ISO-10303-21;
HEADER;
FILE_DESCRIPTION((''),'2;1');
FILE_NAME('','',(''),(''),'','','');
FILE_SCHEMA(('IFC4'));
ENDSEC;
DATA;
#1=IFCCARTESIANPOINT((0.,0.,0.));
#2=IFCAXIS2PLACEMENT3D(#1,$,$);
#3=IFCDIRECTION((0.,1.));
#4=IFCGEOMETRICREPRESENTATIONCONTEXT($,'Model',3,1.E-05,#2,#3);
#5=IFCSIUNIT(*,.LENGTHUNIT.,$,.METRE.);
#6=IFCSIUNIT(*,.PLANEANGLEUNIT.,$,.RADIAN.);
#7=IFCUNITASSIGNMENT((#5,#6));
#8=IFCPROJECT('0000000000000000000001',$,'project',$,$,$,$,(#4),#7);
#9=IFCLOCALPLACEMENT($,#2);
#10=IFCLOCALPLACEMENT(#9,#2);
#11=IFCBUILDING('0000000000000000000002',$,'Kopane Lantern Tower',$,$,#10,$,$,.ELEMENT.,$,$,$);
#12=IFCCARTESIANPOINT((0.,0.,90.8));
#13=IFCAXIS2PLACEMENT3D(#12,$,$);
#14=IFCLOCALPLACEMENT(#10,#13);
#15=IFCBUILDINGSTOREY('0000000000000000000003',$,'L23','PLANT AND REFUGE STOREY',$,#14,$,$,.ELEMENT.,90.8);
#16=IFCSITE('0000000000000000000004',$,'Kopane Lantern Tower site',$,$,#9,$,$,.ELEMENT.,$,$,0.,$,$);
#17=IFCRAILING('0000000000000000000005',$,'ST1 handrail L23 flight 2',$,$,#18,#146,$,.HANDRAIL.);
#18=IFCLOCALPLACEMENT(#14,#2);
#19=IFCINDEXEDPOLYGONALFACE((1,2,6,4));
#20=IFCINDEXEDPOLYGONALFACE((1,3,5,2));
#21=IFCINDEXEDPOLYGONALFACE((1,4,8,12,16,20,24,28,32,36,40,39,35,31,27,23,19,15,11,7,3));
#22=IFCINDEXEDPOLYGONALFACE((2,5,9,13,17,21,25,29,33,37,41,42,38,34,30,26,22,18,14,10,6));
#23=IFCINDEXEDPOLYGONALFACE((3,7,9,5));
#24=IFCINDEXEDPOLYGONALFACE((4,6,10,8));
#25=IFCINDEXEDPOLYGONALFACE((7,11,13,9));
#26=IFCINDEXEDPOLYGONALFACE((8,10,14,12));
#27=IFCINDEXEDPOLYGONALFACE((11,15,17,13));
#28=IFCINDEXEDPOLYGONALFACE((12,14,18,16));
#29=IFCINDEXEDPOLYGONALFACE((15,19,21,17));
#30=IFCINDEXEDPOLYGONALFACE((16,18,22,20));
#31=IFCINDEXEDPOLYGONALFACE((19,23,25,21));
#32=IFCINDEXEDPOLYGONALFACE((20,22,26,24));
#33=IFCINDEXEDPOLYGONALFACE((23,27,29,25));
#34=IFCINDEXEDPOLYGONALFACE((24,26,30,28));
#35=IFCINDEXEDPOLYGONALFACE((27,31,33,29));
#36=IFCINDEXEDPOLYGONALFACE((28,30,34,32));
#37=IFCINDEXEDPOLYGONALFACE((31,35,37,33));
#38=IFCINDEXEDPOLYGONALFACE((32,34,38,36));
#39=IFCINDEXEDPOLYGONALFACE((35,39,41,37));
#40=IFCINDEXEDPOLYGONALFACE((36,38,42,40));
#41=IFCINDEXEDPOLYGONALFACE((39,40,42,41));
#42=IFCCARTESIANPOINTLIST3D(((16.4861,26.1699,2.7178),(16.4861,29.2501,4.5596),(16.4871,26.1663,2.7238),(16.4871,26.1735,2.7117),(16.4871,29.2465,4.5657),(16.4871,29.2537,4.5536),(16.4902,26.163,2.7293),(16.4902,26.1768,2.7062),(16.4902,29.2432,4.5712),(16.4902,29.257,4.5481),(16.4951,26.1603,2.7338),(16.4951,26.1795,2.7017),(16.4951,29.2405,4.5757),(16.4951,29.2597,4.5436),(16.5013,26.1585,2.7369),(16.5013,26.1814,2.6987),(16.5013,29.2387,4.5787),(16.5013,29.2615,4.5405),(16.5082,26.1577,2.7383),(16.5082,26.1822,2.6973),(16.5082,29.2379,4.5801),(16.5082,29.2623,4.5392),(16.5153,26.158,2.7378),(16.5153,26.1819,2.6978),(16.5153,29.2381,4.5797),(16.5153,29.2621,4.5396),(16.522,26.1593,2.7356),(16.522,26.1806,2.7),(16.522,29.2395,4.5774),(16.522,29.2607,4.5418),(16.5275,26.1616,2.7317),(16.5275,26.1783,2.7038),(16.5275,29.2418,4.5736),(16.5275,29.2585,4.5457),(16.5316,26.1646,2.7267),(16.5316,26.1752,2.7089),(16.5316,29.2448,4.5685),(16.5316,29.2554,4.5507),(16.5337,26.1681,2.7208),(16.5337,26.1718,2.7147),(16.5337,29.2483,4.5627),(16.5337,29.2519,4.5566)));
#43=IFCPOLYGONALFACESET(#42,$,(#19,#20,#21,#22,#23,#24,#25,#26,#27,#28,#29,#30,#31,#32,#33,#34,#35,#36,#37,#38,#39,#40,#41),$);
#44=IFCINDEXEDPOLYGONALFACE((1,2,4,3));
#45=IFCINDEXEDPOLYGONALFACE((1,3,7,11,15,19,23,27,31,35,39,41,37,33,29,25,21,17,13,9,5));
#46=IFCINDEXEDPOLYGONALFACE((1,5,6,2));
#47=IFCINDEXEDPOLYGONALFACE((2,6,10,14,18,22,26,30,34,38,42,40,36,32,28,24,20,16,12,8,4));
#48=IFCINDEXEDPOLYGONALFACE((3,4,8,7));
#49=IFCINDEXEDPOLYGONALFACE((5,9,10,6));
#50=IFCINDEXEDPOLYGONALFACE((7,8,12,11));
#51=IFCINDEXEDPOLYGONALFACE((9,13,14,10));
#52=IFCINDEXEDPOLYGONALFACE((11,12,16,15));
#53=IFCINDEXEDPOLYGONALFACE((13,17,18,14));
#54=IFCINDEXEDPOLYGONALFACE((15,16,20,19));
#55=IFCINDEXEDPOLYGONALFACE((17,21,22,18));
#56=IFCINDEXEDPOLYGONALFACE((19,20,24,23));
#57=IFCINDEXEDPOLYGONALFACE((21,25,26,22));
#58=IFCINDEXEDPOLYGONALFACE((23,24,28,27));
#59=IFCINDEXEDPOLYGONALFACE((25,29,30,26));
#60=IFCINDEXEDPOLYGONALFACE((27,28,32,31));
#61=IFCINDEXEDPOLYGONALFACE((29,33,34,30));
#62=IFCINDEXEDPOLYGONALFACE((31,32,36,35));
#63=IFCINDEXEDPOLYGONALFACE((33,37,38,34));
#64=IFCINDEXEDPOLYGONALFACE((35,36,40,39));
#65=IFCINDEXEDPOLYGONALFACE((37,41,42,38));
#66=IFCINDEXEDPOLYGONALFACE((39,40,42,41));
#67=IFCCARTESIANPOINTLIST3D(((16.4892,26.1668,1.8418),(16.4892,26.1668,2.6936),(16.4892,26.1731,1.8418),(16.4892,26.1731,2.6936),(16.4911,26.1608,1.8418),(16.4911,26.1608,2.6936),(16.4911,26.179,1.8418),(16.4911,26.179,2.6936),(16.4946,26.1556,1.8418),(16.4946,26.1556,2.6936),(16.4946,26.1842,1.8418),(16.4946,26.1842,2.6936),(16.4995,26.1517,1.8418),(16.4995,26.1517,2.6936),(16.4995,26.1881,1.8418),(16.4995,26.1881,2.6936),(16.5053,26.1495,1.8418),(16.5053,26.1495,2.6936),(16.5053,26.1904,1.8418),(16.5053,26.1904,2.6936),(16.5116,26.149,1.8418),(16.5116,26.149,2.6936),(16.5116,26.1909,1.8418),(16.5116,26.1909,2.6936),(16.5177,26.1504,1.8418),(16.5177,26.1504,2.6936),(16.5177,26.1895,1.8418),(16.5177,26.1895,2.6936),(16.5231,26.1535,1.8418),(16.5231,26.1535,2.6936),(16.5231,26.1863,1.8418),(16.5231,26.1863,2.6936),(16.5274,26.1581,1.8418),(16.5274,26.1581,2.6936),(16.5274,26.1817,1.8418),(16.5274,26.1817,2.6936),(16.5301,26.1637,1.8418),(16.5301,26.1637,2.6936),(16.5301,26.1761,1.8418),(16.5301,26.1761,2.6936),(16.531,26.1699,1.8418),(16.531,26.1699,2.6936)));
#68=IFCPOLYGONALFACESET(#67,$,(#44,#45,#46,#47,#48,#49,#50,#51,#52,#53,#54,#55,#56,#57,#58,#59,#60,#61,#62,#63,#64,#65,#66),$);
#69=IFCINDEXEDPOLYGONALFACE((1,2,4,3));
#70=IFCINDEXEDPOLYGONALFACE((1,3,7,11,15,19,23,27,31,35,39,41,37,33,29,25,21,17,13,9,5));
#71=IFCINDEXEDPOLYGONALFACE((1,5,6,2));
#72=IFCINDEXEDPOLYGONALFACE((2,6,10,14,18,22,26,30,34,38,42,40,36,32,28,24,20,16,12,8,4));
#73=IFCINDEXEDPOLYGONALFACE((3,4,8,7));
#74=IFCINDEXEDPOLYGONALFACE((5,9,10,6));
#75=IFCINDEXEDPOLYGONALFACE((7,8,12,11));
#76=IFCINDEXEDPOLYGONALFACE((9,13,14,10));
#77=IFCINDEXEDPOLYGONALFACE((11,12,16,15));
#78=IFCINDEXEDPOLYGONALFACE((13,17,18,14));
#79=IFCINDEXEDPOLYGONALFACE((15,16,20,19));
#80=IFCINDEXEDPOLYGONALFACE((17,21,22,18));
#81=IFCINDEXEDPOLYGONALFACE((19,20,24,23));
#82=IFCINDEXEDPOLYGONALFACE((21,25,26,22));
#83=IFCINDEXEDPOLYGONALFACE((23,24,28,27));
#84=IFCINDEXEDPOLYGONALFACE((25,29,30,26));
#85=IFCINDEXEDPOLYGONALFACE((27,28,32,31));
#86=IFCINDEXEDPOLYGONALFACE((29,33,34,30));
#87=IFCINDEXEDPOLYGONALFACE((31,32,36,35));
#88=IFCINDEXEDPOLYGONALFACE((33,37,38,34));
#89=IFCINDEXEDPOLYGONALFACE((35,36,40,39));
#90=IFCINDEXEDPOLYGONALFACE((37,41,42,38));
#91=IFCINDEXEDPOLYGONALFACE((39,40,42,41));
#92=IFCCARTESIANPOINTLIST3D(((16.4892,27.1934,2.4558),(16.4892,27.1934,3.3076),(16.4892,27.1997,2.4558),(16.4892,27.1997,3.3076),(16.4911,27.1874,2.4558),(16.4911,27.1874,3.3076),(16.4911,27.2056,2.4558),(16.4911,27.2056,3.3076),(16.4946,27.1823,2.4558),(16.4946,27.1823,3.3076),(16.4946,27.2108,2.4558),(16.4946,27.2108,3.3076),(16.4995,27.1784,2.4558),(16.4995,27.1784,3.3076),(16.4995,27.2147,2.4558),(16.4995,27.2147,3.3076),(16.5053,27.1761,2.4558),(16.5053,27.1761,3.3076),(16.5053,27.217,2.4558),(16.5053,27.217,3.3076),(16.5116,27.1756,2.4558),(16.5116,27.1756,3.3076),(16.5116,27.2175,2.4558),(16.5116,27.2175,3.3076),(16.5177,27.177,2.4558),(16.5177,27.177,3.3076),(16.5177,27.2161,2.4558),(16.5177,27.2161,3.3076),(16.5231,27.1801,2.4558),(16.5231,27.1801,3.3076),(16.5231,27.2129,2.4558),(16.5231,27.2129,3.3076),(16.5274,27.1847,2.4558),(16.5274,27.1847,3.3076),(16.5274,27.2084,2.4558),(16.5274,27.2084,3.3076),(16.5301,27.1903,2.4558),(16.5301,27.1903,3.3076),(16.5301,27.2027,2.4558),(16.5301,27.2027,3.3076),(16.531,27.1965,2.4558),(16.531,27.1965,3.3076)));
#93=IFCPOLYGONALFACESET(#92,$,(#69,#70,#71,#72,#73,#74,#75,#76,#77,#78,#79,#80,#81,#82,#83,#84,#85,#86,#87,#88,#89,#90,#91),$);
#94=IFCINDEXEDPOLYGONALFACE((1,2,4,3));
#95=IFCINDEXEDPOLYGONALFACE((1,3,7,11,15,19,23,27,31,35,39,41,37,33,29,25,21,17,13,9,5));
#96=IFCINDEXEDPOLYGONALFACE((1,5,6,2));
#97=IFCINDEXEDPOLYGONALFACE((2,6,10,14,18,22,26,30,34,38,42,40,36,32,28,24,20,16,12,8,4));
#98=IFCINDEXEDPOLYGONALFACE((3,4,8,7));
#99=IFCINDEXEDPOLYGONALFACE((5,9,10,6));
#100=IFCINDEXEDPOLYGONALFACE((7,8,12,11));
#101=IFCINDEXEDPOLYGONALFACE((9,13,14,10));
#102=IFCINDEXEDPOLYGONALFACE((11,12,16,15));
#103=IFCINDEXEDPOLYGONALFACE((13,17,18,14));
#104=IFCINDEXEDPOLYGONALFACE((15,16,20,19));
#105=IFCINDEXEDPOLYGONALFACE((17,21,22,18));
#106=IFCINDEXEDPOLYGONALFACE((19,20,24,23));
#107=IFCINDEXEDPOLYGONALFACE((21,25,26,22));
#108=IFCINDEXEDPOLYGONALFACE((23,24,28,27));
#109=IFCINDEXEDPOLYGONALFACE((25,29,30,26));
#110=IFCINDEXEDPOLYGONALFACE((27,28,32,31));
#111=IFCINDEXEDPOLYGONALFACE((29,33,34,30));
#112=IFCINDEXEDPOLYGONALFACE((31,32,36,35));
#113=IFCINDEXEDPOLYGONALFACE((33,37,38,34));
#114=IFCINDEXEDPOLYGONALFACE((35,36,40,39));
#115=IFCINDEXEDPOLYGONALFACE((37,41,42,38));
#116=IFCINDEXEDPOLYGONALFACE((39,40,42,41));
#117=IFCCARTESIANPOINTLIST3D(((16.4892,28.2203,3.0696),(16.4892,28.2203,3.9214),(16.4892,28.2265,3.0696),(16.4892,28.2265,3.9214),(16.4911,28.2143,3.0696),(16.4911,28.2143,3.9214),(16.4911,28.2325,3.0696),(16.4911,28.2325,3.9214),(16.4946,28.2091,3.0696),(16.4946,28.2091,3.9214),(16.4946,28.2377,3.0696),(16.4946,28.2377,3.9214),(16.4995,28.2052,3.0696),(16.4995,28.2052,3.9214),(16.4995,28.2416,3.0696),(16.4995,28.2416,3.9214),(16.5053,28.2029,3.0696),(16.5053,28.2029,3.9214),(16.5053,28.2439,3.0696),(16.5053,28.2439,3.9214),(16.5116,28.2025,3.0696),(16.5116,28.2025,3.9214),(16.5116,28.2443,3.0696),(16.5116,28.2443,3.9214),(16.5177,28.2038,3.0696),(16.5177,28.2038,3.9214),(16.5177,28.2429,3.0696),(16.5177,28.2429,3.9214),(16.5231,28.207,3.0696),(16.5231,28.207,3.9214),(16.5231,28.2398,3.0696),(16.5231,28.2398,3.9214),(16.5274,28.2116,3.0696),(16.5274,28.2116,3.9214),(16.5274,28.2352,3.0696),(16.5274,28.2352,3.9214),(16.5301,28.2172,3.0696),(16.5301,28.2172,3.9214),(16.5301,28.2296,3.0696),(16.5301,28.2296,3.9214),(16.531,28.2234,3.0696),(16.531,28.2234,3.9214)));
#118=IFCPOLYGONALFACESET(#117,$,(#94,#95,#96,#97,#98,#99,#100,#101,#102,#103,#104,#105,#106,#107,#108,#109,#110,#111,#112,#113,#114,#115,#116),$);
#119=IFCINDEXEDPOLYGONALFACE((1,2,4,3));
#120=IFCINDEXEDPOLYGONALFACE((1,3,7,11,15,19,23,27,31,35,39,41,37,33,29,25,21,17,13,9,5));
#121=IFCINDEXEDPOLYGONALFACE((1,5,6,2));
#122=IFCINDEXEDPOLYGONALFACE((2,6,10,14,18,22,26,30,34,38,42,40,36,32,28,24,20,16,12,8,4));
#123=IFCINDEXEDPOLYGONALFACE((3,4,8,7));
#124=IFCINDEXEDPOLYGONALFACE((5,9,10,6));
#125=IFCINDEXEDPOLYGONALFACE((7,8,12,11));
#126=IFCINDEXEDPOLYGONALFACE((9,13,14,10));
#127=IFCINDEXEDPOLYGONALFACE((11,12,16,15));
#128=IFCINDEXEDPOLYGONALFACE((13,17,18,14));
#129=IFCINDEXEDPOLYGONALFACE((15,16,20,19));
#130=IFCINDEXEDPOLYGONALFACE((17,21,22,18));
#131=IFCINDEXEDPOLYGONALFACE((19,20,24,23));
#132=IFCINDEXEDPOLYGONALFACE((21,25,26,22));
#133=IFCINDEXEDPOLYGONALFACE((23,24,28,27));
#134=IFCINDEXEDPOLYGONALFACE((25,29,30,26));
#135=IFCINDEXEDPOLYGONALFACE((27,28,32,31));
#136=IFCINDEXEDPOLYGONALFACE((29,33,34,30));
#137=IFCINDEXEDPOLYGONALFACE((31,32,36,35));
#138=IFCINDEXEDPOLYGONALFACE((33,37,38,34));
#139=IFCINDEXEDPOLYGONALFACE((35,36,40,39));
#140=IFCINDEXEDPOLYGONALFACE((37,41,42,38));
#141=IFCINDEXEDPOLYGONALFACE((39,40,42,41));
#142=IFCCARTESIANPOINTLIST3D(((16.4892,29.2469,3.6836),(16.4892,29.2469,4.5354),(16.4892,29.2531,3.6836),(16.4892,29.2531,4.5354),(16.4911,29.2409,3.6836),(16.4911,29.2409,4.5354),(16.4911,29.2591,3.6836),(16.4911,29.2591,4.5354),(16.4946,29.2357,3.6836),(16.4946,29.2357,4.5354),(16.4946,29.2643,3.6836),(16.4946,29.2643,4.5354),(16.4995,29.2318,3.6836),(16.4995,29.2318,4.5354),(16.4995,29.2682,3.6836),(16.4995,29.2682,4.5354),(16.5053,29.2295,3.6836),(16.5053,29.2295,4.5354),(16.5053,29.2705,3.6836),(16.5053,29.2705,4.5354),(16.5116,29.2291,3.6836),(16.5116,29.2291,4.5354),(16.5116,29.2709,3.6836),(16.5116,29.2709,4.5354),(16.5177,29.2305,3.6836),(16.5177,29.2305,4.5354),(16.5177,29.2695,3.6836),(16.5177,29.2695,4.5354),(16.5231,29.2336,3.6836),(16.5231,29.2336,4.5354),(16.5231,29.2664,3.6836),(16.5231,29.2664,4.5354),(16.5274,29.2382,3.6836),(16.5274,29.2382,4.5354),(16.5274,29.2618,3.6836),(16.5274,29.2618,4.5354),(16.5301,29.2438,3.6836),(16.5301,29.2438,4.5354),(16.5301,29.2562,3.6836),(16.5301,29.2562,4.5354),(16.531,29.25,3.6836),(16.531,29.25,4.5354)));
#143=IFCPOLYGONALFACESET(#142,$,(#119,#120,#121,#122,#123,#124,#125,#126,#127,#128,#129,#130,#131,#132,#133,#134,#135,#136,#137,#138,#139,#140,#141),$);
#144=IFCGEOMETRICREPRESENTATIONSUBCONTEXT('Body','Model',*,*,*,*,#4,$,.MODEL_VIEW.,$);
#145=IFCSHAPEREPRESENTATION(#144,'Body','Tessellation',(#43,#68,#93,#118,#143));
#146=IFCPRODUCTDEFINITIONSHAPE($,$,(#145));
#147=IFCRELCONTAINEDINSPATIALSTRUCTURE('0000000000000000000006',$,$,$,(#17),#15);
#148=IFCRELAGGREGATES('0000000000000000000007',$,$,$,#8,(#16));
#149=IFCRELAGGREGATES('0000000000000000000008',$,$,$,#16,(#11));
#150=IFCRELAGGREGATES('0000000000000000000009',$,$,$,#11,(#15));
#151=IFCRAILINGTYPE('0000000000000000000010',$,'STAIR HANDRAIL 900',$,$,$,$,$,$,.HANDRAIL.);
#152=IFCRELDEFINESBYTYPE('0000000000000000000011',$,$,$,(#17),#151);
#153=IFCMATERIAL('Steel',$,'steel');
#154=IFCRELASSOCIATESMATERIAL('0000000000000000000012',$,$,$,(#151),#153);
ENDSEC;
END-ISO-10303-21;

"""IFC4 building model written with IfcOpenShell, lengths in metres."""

from ifc_helpers import new_model, si_unit, direction, frame, origin, origin_2d, place, context, subcontext, project, spatial, circle, extrude, material, type_object, element, save


model = new_model("IFC4")

# Units and contexts
model_context = context("Model", 3, precision=1e-05, world=origin(), true_north=direction((0.0, 1.0)))
body_context = subcontext(model_context, "Body", "Model", "MODEL_VIEW")
ifc_project = project(units=[si_unit("LENGTHUNIT", "METRE"), si_unit("PLANEANGLEUNIT", "RADIAN")], contexts=[model_context])

# Site, building, storey
site_placement = place(None, origin())
site = spatial("IfcSite", under=ifc_project, at=site_placement, Name="Kopane Lantern Tower site", CompositionType="ELEMENT", RefElevation=0.0)
building_placement = place(site_placement, origin())
building = spatial("IfcBuilding", under=site, at=building_placement, Name="Kopane Lantern Tower", CompositionType="ELEMENT")
storey_placement = place(building_placement, frame((0.0, 0.0, 90.8)))
storey = spatial("IfcBuildingStorey", under=building, at=storey_placement, Name="L23", Description="PLANT AND REFUGE STOREY", CompositionType="ELEMENT", Elevation=90.8)

# Railing
ifc_material_1 = material(Name="Steel", Category="steel")
railing_type = type_object("IfcRailingType", Name="STAIR HANDRAIL 900", PredefinedType="HANDRAIL", material=ifc_material_1)
for number, where, name in (
    (1, (16.51, 26.1699, 1.8418), "ST1 handrail L23 flight 2"),
):
    element("IfcRailing", number, at=place(storey_placement, frame(where)), inside=storey, type_object=railing_type, Name=name, PredefinedType="HANDRAIL", context=body_context, shape_type="SweptSolid", body=[
        extrude(circle(Radius=0.0239, at=origin_2d()), frame((0.0, 0.0, 0.876), z_axis=(0.0, 0.85826, 0.513215), x_axis=(-1.0, 0.0, 0.0)), (0.0, 0.0, 1.0), 3.5889),
        extrude(circle(Radius=0.021, at=origin_2d()), origin(), (0.0, 0.0, 1.0), 0.8518),
        extrude(circle(Radius=0.021, at=origin_2d()), frame((0.0, 1.0266, 0.614)), (0.0, 0.0, 1.0), 0.8518),
        extrude(circle(Radius=0.021, at=origin_2d()), frame((0.0, 2.0535, 1.2278)), (0.0, 0.0, 1.0), 0.8518),
        extrude(circle(Radius=0.021, at=origin_2d()), frame((0.0, 3.0801, 1.8418)), (0.0, 0.0, 1.0), 0.8518),
    ])

save(model, "model.ifc")
